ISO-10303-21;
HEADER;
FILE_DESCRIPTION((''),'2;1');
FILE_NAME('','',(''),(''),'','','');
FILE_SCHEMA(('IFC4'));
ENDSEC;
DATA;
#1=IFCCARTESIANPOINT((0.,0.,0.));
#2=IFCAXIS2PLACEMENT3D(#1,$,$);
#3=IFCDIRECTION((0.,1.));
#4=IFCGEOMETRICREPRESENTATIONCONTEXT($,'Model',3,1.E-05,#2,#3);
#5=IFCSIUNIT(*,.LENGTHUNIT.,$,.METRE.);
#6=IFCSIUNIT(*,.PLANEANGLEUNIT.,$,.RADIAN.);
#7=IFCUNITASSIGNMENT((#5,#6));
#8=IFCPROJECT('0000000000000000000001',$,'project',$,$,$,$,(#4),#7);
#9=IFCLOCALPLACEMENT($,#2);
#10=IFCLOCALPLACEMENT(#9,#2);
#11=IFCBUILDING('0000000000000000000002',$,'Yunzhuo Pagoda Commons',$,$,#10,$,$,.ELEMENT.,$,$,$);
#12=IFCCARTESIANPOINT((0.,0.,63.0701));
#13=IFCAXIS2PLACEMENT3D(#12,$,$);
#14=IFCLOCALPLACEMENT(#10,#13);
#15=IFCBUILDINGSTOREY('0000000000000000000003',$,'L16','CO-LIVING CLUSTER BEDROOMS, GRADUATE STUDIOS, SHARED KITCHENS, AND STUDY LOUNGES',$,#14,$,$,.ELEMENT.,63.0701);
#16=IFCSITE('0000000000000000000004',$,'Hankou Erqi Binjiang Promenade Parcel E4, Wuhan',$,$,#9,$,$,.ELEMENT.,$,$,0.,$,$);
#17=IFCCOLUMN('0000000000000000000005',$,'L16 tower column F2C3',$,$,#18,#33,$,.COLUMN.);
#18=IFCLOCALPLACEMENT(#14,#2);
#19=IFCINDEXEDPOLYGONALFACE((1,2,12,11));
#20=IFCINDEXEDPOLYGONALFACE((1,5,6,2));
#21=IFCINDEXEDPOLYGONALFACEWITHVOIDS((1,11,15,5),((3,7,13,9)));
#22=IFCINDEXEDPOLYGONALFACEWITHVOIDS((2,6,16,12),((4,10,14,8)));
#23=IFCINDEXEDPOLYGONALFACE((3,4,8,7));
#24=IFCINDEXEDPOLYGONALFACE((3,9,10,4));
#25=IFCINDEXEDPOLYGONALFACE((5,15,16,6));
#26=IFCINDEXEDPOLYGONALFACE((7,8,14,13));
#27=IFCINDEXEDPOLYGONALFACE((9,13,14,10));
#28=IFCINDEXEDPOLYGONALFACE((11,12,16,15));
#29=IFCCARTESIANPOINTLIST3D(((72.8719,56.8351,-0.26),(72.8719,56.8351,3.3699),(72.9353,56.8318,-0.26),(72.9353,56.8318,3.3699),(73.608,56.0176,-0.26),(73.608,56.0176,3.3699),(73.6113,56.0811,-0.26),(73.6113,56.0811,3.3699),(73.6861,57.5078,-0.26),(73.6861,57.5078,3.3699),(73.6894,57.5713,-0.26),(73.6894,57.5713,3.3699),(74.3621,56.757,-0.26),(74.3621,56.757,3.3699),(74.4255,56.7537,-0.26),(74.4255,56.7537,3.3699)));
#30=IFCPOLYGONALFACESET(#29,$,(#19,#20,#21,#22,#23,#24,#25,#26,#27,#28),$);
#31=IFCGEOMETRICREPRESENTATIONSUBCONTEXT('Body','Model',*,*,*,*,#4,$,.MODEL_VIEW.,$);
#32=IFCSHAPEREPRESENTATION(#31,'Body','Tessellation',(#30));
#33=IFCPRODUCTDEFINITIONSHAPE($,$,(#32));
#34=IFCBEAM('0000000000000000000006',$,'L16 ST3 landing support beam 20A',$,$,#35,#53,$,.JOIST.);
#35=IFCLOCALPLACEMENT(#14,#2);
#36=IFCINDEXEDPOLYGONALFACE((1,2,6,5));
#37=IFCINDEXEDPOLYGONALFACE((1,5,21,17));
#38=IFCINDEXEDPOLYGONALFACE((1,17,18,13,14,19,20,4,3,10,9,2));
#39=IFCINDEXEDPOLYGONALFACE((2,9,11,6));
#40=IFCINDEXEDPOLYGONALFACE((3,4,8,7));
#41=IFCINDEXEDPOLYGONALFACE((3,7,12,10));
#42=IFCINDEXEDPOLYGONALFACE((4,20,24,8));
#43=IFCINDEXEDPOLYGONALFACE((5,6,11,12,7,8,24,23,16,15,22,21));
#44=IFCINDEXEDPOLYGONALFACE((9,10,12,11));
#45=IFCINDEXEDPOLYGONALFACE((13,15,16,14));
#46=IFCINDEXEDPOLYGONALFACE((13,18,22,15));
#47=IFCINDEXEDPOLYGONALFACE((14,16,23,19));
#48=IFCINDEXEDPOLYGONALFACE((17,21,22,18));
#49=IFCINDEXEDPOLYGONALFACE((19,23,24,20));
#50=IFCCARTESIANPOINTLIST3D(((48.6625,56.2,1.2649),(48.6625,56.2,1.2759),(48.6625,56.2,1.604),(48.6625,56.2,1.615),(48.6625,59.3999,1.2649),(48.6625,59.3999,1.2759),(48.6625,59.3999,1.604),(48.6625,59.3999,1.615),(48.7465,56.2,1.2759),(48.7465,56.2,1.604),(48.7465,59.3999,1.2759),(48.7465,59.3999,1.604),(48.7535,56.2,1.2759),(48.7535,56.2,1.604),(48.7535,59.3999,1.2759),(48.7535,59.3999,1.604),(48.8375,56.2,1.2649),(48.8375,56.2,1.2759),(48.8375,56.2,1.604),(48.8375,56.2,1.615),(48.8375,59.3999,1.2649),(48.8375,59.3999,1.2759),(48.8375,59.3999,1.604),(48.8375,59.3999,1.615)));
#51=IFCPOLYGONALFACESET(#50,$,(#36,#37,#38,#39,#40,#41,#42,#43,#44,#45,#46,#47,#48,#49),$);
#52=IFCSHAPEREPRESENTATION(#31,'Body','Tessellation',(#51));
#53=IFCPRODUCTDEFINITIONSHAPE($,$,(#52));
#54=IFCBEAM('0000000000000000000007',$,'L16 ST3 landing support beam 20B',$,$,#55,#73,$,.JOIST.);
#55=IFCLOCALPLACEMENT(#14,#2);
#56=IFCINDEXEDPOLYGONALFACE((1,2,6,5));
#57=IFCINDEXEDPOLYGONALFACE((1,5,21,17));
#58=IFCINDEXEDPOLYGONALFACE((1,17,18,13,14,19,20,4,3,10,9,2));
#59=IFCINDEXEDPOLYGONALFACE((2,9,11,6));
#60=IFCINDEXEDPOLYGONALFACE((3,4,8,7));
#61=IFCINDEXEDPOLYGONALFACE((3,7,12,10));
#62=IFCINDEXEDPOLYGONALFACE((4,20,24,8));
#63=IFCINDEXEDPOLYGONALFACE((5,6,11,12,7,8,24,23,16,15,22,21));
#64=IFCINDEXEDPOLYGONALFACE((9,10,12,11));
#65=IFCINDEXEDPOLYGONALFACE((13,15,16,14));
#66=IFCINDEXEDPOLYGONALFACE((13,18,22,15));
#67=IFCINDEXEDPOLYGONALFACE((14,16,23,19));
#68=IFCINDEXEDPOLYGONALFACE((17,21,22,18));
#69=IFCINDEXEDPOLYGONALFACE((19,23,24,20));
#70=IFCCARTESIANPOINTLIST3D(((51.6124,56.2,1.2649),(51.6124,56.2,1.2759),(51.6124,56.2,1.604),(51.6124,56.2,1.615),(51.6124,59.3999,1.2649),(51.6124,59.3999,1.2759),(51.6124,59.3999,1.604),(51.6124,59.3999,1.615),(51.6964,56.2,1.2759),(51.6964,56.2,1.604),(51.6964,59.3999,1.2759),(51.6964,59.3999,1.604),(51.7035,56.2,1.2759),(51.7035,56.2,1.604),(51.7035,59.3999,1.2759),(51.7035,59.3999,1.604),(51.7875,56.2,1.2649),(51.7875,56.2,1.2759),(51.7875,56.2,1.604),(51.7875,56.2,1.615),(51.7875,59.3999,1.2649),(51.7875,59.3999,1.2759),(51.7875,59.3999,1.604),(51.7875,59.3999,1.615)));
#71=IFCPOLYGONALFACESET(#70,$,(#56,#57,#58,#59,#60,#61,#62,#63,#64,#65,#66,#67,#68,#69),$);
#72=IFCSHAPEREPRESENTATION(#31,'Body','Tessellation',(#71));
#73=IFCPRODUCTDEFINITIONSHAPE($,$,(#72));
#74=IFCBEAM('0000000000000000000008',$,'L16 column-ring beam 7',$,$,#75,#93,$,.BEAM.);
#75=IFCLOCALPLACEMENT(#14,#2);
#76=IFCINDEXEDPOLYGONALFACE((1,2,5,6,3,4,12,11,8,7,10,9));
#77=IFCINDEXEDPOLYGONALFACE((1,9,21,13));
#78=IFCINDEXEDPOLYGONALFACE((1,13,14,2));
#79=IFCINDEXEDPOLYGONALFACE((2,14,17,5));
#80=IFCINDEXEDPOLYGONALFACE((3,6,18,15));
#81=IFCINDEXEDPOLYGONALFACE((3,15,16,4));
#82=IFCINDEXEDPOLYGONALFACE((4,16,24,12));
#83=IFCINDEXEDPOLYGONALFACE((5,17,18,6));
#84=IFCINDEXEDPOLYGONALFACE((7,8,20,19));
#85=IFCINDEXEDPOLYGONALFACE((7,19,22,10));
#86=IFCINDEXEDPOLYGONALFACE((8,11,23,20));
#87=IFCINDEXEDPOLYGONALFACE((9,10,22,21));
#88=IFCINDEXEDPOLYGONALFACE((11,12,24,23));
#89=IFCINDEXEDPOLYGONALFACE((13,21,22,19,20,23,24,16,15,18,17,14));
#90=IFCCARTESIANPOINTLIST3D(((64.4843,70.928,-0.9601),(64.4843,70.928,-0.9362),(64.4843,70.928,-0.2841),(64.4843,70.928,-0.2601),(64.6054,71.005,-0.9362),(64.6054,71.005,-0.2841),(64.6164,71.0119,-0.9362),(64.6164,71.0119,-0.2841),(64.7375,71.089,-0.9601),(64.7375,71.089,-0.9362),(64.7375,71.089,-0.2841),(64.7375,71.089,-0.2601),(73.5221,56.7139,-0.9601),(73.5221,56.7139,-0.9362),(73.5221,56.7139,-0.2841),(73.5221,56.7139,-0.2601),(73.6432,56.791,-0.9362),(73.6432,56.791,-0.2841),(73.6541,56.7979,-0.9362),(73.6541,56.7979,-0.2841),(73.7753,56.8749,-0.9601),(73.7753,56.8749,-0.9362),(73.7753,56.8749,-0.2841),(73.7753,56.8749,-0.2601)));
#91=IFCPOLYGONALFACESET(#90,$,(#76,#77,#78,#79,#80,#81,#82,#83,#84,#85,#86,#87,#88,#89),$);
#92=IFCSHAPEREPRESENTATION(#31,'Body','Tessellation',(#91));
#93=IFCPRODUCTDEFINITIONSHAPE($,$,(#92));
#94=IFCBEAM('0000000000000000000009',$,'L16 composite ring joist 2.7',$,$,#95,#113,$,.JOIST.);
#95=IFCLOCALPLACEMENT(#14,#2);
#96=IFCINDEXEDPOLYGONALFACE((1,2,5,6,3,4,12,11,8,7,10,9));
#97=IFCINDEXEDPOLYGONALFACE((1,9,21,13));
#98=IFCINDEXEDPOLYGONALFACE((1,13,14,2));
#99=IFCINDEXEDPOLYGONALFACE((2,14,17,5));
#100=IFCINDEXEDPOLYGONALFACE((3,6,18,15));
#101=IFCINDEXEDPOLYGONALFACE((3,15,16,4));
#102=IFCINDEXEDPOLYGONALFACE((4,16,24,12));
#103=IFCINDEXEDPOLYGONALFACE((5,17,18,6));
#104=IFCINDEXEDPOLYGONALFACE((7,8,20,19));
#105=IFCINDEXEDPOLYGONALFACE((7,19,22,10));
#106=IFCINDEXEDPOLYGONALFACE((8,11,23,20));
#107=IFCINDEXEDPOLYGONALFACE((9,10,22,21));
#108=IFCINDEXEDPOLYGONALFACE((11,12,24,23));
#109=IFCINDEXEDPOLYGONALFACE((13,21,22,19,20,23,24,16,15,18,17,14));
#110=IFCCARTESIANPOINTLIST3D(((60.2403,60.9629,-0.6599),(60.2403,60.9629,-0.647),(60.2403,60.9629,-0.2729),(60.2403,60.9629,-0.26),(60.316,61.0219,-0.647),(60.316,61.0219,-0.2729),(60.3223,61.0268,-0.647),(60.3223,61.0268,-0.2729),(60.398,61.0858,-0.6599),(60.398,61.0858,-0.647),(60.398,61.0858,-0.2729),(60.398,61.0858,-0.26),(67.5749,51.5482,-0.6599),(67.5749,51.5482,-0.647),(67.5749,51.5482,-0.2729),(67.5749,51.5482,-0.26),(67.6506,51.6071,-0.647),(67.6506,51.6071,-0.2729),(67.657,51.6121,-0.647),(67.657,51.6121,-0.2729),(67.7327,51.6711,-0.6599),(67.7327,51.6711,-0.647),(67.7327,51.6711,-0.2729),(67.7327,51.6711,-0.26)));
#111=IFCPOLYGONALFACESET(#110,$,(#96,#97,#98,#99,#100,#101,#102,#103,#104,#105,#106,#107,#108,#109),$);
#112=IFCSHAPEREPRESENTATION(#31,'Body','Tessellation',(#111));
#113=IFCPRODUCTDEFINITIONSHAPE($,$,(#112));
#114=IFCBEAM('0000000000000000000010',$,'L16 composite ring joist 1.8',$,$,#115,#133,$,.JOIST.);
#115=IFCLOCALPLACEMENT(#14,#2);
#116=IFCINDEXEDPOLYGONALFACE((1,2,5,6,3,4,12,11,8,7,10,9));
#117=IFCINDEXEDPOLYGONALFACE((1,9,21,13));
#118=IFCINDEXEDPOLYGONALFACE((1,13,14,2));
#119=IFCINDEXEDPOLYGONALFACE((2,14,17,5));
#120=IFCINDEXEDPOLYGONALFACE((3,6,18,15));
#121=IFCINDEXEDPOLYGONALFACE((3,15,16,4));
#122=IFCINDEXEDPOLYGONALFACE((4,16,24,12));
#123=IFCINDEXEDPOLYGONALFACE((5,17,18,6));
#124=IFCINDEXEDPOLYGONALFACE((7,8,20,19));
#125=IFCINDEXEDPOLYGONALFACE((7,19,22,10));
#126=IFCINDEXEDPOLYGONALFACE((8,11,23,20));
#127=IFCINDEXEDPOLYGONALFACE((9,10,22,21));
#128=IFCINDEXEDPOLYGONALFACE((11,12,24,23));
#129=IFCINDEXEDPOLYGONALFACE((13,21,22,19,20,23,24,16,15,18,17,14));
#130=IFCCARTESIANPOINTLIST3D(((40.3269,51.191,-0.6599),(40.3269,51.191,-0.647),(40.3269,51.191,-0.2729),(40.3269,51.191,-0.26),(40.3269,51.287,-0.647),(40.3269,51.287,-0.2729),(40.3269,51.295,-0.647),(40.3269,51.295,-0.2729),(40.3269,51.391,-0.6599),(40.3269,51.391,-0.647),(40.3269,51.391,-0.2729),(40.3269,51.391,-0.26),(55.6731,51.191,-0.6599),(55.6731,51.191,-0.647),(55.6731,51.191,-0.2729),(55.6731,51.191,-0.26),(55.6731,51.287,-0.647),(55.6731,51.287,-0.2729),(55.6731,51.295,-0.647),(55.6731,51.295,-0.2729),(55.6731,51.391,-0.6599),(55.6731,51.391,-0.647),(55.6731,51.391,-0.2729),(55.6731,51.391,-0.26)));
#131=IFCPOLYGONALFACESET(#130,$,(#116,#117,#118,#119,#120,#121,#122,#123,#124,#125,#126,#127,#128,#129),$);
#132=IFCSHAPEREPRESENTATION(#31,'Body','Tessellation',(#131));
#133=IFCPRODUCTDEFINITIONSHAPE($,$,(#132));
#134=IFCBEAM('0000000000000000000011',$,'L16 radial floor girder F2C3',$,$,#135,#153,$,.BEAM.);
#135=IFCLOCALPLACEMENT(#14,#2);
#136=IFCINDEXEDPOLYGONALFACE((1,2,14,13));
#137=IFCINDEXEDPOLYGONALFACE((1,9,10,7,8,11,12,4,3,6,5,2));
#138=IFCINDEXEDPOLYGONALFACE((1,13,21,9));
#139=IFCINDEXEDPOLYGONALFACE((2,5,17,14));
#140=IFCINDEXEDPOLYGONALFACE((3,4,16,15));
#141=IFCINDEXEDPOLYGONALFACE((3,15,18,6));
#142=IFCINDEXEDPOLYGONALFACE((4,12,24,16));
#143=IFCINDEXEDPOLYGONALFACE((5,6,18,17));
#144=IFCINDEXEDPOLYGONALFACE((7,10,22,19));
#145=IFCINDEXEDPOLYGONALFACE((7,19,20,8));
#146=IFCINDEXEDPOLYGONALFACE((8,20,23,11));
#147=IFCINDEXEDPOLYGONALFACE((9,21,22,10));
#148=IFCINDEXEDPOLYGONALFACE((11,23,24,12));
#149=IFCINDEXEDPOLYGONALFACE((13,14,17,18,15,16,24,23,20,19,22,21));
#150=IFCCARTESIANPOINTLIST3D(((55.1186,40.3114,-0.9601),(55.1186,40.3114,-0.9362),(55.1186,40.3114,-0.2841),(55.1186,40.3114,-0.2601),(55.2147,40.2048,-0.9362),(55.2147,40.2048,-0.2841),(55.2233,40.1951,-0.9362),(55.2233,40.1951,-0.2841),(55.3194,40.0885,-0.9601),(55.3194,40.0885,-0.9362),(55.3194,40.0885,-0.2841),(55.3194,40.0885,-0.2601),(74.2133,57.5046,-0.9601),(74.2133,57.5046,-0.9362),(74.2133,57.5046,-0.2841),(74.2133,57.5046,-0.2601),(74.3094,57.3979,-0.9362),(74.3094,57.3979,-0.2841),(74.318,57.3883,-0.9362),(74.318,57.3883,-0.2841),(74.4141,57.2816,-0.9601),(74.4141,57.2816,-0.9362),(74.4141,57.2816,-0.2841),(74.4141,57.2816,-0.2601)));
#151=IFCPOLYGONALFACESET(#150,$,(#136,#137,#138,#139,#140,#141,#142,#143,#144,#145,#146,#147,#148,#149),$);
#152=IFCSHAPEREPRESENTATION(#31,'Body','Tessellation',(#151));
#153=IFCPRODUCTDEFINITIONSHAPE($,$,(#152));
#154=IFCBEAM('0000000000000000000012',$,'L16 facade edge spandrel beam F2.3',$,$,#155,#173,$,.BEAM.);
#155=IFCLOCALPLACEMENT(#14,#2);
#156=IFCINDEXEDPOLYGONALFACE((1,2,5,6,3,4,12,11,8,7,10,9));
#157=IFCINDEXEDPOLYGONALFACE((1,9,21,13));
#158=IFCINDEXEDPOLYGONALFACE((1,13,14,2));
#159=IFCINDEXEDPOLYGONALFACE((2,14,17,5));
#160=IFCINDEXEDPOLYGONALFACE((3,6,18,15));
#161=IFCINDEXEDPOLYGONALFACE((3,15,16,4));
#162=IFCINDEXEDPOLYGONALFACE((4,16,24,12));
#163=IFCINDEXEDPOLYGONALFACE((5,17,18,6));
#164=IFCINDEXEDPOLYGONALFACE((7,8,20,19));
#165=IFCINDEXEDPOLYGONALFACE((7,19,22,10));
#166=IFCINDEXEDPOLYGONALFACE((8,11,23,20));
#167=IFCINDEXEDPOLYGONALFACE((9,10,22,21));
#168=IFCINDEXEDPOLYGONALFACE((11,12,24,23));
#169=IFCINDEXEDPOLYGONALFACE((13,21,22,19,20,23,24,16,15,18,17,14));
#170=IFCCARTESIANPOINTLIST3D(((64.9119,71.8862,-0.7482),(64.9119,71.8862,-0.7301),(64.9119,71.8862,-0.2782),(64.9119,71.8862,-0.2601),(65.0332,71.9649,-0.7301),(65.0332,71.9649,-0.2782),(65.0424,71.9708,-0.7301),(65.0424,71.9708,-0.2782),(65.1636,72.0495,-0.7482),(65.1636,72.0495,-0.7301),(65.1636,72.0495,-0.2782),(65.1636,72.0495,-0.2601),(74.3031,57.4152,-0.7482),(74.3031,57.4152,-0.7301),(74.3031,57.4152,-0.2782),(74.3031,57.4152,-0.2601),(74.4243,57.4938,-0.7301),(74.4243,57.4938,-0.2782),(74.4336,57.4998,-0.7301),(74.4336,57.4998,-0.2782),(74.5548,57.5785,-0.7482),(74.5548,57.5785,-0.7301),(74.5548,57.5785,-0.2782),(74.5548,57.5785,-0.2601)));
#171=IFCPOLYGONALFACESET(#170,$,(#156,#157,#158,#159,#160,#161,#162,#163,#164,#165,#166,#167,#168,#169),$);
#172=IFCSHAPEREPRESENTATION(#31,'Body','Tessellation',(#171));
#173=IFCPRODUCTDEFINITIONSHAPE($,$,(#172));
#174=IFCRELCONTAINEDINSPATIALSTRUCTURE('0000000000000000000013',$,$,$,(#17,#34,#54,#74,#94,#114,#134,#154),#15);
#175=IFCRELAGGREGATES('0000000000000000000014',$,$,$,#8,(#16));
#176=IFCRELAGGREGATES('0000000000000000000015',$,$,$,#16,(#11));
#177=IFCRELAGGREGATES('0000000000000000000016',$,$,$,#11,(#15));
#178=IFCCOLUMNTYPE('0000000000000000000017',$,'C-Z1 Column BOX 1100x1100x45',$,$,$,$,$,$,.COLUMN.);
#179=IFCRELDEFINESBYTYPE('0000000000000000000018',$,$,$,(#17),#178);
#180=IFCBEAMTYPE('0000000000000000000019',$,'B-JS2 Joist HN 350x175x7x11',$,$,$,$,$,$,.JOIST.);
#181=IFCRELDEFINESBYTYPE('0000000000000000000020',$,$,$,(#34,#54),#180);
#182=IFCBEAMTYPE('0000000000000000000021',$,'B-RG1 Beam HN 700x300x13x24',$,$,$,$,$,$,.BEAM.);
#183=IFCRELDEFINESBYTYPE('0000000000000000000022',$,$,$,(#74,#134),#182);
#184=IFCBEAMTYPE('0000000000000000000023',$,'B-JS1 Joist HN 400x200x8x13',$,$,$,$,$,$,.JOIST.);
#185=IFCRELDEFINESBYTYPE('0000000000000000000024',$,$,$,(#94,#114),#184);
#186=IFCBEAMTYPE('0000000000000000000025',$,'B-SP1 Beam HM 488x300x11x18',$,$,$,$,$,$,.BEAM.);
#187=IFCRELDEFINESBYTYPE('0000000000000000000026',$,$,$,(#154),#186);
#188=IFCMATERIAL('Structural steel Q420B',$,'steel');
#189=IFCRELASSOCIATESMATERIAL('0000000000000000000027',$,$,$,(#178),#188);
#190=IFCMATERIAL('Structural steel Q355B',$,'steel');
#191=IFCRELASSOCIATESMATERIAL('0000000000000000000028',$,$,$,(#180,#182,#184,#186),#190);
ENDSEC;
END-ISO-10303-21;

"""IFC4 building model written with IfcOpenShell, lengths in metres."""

from ifc_helpers import new_model, si_unit, direction, frame, origin, origin_2d, place, context, subcontext, project, spatial, hollow_rectangle, i_section, extrude, source, transform, mapped, material, material_profile, profile_set, type_object, element, save


model = new_model("IFC4")

# Units and contexts
model_context = context("Model", 3, precision=1e-05, world=origin(), true_north=direction((0.0, 1.0)))
body_context = subcontext(model_context, "Body", "Model", "MODEL_VIEW")
ifc_project = project(units=[si_unit("LENGTHUNIT", "METRE"), si_unit("PLANEANGLEUNIT", "RADIAN")], contexts=[model_context])

# Site, building, storey
site_placement = place(None, origin())
site = spatial("IfcSite", under=ifc_project, at=site_placement, Name="Hankou Erqi Binjiang Promenade Parcel E4, Wuhan", CompositionType="ELEMENT", RefElevation=0.0)
building_placement = place(site_placement, origin())
building = spatial("IfcBuilding", under=site, at=building_placement, Name="Yunzhuo Pagoda Commons", CompositionType="ELEMENT")
storey_placement = place(building_placement, frame((0.0, 0.0, 63.0701)))
storey = spatial("IfcBuildingStorey", under=building, at=storey_placement, Name="L16", Description="CO-LIVING CLUSTER BEDROOMS, GRADUATE STUDIOS, SHARED KITCHENS, AND STUDY LOUNGES", CompositionType="ELEMENT", Elevation=63.0701)

# Column
ifc_material_1 = material(Name="Structural steel Q420B", Category="steel")
ifc_material_profile_1 = material_profile(ifc_material_1, hollow_rectangle(XDim=1.1001, YDim=1.1001, WallThickness=0.0449, at=origin_2d()), Name="Structural steel Q420B")
ifc_profile_set_1 = profile_set([ifc_material_profile_1], Name="Structural steel Q420B")
column_type = type_object("IfcColumnType", Name="C-Z1 Column BOX 1100x1100x45", PredefinedType="COLUMN", material=ifc_profile_set_1)
shared_shape_1 = source(origin(), body_context, "Body", "SweptSolid", [
    extrude(hollow_rectangle(XDim=1.1001, YDim=1.1001, WallThickness=0.0449, at=origin_2d()), origin(), (0.0, 0.0, 1.0), 3.6299),
])
column_placement = place(storey_placement, frame((73.6487, 56.7944, -0.26), z_axis=(0.0, 0.0, 1.0), x_axis=(-0.669131, 0.743145, 0.0)))
element("IfcColumn", 1, at=column_placement, inside=storey, type_object=column_type, Name="L16 tower column F2C3", PredefinedType="COLUMN", context=body_context, shape_type="MappedRepresentation", body=[
    mapped(shared_shape_1, transform((0.0, 0.0, 0.0), scale=1.0)),
])

# Beams
ifc_material_2 = material(Name="Structural steel Q355B", Category="steel")
ifc_material_profile_2 = material_profile(ifc_material_2, i_section(OverallWidth=0.175, OverallDepth=0.3501, WebThickness=0.0071, FlangeThickness=0.011, at=origin_2d()), Name="Structural steel Q355B")
ifc_profile_set_2 = profile_set([ifc_material_profile_2], Name="Structural steel Q355B")
beam_type_1 = type_object("IfcBeamType", Name="B-JS2 Joist HN 350x175x7x11", PredefinedType="JOIST", material=ifc_profile_set_2)
shared_shape_2 = source(origin(), body_context, "Body", "SweptSolid", [
    extrude(i_section(OverallWidth=0.175, OverallDepth=0.3501, WebThickness=0.0071, FlangeThickness=0.011, at=origin_2d()), origin(), (0.0, 0.0, 1.0), 3.2),
])
for number, where, z_axis, x_axis, name in (
    (2, (48.75, 56.2, 1.4399), (0.0, 1.0, 0.0), (-1.0, 0.0, 0.0), "L16 ST3 landing support beam 20A"),
    (3, (51.7, 56.2, 1.4399), (0.0, 1.0, 0.0), (-1.0, 0.0, 0.0), "L16 ST3 landing support beam 20B"),
):
    element("IfcBeam", number, at=place(storey_placement, frame(where, z_axis=z_axis, x_axis=x_axis)), inside=storey, type_object=beam_type_1, Name=name, PredefinedType="JOIST", context=body_context, shape_type="MappedRepresentation", body=[
        mapped(shared_shape_2, transform((0.0, 0.0, 0.0), scale=1.0)),
    ])
ifc_material_profile_3 = material_profile(ifc_material_2, i_section(OverallWidth=0.3, OverallDepth=0.7, WebThickness=0.0129, FlangeThickness=0.0239, at=origin_2d()), Name="Structural steel Q355B")
ifc_profile_set_3 = profile_set([ifc_material_profile_3], Name="Structural steel Q355B")
beam_type_2 = type_object("IfcBeamType", Name="B-RG1 Beam HN 700x300x13x24", PredefinedType="BEAM", material=ifc_profile_set_3)
shared_shape_3 = source(origin(), body_context, "Body", "SweptSolid", [
    extrude(i_section(OverallWidth=0.3, OverallDepth=0.7, WebThickness=0.0129, FlangeThickness=0.0239, at=origin_2d()), origin(), (0.0, 0.0, 1.0), 16.844),
])
beam_1_placement = place(storey_placement, frame((73.6487, 56.7944, -0.6101), z_axis=(-0.536558, 0.843863, 0.0), x_axis=(-0.843863, -0.536558, 0.0)))
element("IfcBeam", 4, at=beam_1_placement, inside=storey, type_object=beam_type_2, Name="L16 column-ring beam 7", PredefinedType="BEAM", context=body_context, shape_type="MappedRepresentation", body=[
    mapped(shared_shape_3, transform((0.0, 0.0, 0.0), scale=1.0)),
])
ifc_material_profile_4 = material_profile(ifc_material_2, i_section(OverallWidth=0.2, OverallDepth=0.3999, WebThickness=0.0081, FlangeThickness=0.0129, at=origin_2d()), Name="Structural steel Q355B")
ifc_profile_set_4 = profile_set([ifc_material_profile_4], Name="Structural steel Q355B")
beam_type_3 = type_object("IfcBeamType", Name="B-JS1 Joist HN 400x200x8x13", PredefinedType="JOIST", material=ifc_profile_set_4)
shared_shape_4 = source(origin(), body_context, "Body", "SweptSolid", [
    extrude(i_section(OverallWidth=0.2, OverallDepth=0.3999, WebThickness=0.0081, FlangeThickness=0.0129, at=origin_2d()), origin(), (0.0, 0.0, 1.0), 11.9346),
])
beam_2_placement = place(storey_placement, frame((67.6538, 51.6096, -0.46), z_axis=(-0.614572, 0.788861, 0.0), x_axis=(-0.788861, -0.614572, 0.0)))
element("IfcBeam", 5, at=beam_2_placement, inside=storey, type_object=beam_type_3, Name="L16 composite ring joist 2.7", PredefinedType="JOIST", context=body_context, shape_type="MappedRepresentation", body=[
    mapped(shared_shape_4, transform((0.0, 0.0, 0.0), scale=1.0)),
])
shared_shape_5 = source(origin(), body_context, "Body", "SweptSolid", [
    extrude(i_section(OverallWidth=0.2, OverallDepth=0.3999, WebThickness=0.0081, FlangeThickness=0.0129, at=origin_2d()), origin(), (0.0, 0.0, 1.0), 15.3462),
])
beam_3_placement = place(storey_placement, frame((55.6731, 51.291, -0.46), z_axis=(-1.0, 0.0, 0.0), x_axis=(0.0, -1.0, 0.0)))
element("IfcBeam", 6, at=beam_3_placement, inside=storey, type_object=beam_type_3, Name="L16 composite ring joist 1.8", PredefinedType="JOIST", context=body_context, shape_type="MappedRepresentation", body=[
    mapped(shared_shape_5, transform((0.0, 0.0, 0.0), scale=1.0)),
])
shared_shape_6 = source(origin(), body_context, "Body", "SweptSolid", [
    extrude(i_section(OverallWidth=0.3, OverallDepth=0.7, WebThickness=0.0129, FlangeThickness=0.0239, at=origin_2d()), origin(), (0.0, 0.0, 1.0), 25.6946),
])
beam_4_placement = place(storey_placement, frame((74.3137, 57.3931, -0.6101), z_axis=(-0.743142, -0.669134, 0.0), x_axis=(0.669134, -0.743142, 0.0)))
element("IfcBeam", 7, at=beam_4_placement, inside=storey, type_object=beam_type_2, Name="L16 radial floor girder F2C3", PredefinedType="BEAM", context=body_context, shape_type="MappedRepresentation", body=[
    mapped(shared_shape_6, transform((0.0, 0.0, 0.0), scale=1.0)),
])
ifc_material_profile_5 = material_profile(ifc_material_2, i_section(OverallWidth=0.3, OverallDepth=0.488, WebThickness=0.011, FlangeThickness=0.0181, at=origin_2d()), Name="Structural steel Q355B")
ifc_profile_set_5 = profile_set([ifc_material_profile_5], Name="Structural steel Q355B")
beam_type_4 = type_object("IfcBeamType", Name="B-SP1 Beam HM 488x300x11x18", PredefinedType="BEAM", material=ifc_profile_set_5)
shared_shape_7 = source(origin(), body_context, "Body", "SweptSolid", [
    extrude(i_section(OverallWidth=0.3, OverallDepth=0.488, WebThickness=0.011, FlangeThickness=0.0181, at=origin_2d()), origin(), (0.0, 0.0, 1.0), 17.2512),
])
beam_5_placement = place(storey_placement, frame((74.429, 57.4968, -0.5042), z_axis=(-0.544377, 0.838841, 0.0), x_axis=(-0.838841, -0.544377, 0.0)))
element("IfcBeam", 8, at=beam_5_placement, inside=storey, type_object=beam_type_4, Name="L16 facade edge spandrel beam F2.3", PredefinedType="BEAM", context=body_context, shape_type="MappedRepresentation", body=[
    mapped(shared_shape_7, transform((0.0, 0.0, 0.0), scale=1.0)),
])

save(model, "model.ifc")
